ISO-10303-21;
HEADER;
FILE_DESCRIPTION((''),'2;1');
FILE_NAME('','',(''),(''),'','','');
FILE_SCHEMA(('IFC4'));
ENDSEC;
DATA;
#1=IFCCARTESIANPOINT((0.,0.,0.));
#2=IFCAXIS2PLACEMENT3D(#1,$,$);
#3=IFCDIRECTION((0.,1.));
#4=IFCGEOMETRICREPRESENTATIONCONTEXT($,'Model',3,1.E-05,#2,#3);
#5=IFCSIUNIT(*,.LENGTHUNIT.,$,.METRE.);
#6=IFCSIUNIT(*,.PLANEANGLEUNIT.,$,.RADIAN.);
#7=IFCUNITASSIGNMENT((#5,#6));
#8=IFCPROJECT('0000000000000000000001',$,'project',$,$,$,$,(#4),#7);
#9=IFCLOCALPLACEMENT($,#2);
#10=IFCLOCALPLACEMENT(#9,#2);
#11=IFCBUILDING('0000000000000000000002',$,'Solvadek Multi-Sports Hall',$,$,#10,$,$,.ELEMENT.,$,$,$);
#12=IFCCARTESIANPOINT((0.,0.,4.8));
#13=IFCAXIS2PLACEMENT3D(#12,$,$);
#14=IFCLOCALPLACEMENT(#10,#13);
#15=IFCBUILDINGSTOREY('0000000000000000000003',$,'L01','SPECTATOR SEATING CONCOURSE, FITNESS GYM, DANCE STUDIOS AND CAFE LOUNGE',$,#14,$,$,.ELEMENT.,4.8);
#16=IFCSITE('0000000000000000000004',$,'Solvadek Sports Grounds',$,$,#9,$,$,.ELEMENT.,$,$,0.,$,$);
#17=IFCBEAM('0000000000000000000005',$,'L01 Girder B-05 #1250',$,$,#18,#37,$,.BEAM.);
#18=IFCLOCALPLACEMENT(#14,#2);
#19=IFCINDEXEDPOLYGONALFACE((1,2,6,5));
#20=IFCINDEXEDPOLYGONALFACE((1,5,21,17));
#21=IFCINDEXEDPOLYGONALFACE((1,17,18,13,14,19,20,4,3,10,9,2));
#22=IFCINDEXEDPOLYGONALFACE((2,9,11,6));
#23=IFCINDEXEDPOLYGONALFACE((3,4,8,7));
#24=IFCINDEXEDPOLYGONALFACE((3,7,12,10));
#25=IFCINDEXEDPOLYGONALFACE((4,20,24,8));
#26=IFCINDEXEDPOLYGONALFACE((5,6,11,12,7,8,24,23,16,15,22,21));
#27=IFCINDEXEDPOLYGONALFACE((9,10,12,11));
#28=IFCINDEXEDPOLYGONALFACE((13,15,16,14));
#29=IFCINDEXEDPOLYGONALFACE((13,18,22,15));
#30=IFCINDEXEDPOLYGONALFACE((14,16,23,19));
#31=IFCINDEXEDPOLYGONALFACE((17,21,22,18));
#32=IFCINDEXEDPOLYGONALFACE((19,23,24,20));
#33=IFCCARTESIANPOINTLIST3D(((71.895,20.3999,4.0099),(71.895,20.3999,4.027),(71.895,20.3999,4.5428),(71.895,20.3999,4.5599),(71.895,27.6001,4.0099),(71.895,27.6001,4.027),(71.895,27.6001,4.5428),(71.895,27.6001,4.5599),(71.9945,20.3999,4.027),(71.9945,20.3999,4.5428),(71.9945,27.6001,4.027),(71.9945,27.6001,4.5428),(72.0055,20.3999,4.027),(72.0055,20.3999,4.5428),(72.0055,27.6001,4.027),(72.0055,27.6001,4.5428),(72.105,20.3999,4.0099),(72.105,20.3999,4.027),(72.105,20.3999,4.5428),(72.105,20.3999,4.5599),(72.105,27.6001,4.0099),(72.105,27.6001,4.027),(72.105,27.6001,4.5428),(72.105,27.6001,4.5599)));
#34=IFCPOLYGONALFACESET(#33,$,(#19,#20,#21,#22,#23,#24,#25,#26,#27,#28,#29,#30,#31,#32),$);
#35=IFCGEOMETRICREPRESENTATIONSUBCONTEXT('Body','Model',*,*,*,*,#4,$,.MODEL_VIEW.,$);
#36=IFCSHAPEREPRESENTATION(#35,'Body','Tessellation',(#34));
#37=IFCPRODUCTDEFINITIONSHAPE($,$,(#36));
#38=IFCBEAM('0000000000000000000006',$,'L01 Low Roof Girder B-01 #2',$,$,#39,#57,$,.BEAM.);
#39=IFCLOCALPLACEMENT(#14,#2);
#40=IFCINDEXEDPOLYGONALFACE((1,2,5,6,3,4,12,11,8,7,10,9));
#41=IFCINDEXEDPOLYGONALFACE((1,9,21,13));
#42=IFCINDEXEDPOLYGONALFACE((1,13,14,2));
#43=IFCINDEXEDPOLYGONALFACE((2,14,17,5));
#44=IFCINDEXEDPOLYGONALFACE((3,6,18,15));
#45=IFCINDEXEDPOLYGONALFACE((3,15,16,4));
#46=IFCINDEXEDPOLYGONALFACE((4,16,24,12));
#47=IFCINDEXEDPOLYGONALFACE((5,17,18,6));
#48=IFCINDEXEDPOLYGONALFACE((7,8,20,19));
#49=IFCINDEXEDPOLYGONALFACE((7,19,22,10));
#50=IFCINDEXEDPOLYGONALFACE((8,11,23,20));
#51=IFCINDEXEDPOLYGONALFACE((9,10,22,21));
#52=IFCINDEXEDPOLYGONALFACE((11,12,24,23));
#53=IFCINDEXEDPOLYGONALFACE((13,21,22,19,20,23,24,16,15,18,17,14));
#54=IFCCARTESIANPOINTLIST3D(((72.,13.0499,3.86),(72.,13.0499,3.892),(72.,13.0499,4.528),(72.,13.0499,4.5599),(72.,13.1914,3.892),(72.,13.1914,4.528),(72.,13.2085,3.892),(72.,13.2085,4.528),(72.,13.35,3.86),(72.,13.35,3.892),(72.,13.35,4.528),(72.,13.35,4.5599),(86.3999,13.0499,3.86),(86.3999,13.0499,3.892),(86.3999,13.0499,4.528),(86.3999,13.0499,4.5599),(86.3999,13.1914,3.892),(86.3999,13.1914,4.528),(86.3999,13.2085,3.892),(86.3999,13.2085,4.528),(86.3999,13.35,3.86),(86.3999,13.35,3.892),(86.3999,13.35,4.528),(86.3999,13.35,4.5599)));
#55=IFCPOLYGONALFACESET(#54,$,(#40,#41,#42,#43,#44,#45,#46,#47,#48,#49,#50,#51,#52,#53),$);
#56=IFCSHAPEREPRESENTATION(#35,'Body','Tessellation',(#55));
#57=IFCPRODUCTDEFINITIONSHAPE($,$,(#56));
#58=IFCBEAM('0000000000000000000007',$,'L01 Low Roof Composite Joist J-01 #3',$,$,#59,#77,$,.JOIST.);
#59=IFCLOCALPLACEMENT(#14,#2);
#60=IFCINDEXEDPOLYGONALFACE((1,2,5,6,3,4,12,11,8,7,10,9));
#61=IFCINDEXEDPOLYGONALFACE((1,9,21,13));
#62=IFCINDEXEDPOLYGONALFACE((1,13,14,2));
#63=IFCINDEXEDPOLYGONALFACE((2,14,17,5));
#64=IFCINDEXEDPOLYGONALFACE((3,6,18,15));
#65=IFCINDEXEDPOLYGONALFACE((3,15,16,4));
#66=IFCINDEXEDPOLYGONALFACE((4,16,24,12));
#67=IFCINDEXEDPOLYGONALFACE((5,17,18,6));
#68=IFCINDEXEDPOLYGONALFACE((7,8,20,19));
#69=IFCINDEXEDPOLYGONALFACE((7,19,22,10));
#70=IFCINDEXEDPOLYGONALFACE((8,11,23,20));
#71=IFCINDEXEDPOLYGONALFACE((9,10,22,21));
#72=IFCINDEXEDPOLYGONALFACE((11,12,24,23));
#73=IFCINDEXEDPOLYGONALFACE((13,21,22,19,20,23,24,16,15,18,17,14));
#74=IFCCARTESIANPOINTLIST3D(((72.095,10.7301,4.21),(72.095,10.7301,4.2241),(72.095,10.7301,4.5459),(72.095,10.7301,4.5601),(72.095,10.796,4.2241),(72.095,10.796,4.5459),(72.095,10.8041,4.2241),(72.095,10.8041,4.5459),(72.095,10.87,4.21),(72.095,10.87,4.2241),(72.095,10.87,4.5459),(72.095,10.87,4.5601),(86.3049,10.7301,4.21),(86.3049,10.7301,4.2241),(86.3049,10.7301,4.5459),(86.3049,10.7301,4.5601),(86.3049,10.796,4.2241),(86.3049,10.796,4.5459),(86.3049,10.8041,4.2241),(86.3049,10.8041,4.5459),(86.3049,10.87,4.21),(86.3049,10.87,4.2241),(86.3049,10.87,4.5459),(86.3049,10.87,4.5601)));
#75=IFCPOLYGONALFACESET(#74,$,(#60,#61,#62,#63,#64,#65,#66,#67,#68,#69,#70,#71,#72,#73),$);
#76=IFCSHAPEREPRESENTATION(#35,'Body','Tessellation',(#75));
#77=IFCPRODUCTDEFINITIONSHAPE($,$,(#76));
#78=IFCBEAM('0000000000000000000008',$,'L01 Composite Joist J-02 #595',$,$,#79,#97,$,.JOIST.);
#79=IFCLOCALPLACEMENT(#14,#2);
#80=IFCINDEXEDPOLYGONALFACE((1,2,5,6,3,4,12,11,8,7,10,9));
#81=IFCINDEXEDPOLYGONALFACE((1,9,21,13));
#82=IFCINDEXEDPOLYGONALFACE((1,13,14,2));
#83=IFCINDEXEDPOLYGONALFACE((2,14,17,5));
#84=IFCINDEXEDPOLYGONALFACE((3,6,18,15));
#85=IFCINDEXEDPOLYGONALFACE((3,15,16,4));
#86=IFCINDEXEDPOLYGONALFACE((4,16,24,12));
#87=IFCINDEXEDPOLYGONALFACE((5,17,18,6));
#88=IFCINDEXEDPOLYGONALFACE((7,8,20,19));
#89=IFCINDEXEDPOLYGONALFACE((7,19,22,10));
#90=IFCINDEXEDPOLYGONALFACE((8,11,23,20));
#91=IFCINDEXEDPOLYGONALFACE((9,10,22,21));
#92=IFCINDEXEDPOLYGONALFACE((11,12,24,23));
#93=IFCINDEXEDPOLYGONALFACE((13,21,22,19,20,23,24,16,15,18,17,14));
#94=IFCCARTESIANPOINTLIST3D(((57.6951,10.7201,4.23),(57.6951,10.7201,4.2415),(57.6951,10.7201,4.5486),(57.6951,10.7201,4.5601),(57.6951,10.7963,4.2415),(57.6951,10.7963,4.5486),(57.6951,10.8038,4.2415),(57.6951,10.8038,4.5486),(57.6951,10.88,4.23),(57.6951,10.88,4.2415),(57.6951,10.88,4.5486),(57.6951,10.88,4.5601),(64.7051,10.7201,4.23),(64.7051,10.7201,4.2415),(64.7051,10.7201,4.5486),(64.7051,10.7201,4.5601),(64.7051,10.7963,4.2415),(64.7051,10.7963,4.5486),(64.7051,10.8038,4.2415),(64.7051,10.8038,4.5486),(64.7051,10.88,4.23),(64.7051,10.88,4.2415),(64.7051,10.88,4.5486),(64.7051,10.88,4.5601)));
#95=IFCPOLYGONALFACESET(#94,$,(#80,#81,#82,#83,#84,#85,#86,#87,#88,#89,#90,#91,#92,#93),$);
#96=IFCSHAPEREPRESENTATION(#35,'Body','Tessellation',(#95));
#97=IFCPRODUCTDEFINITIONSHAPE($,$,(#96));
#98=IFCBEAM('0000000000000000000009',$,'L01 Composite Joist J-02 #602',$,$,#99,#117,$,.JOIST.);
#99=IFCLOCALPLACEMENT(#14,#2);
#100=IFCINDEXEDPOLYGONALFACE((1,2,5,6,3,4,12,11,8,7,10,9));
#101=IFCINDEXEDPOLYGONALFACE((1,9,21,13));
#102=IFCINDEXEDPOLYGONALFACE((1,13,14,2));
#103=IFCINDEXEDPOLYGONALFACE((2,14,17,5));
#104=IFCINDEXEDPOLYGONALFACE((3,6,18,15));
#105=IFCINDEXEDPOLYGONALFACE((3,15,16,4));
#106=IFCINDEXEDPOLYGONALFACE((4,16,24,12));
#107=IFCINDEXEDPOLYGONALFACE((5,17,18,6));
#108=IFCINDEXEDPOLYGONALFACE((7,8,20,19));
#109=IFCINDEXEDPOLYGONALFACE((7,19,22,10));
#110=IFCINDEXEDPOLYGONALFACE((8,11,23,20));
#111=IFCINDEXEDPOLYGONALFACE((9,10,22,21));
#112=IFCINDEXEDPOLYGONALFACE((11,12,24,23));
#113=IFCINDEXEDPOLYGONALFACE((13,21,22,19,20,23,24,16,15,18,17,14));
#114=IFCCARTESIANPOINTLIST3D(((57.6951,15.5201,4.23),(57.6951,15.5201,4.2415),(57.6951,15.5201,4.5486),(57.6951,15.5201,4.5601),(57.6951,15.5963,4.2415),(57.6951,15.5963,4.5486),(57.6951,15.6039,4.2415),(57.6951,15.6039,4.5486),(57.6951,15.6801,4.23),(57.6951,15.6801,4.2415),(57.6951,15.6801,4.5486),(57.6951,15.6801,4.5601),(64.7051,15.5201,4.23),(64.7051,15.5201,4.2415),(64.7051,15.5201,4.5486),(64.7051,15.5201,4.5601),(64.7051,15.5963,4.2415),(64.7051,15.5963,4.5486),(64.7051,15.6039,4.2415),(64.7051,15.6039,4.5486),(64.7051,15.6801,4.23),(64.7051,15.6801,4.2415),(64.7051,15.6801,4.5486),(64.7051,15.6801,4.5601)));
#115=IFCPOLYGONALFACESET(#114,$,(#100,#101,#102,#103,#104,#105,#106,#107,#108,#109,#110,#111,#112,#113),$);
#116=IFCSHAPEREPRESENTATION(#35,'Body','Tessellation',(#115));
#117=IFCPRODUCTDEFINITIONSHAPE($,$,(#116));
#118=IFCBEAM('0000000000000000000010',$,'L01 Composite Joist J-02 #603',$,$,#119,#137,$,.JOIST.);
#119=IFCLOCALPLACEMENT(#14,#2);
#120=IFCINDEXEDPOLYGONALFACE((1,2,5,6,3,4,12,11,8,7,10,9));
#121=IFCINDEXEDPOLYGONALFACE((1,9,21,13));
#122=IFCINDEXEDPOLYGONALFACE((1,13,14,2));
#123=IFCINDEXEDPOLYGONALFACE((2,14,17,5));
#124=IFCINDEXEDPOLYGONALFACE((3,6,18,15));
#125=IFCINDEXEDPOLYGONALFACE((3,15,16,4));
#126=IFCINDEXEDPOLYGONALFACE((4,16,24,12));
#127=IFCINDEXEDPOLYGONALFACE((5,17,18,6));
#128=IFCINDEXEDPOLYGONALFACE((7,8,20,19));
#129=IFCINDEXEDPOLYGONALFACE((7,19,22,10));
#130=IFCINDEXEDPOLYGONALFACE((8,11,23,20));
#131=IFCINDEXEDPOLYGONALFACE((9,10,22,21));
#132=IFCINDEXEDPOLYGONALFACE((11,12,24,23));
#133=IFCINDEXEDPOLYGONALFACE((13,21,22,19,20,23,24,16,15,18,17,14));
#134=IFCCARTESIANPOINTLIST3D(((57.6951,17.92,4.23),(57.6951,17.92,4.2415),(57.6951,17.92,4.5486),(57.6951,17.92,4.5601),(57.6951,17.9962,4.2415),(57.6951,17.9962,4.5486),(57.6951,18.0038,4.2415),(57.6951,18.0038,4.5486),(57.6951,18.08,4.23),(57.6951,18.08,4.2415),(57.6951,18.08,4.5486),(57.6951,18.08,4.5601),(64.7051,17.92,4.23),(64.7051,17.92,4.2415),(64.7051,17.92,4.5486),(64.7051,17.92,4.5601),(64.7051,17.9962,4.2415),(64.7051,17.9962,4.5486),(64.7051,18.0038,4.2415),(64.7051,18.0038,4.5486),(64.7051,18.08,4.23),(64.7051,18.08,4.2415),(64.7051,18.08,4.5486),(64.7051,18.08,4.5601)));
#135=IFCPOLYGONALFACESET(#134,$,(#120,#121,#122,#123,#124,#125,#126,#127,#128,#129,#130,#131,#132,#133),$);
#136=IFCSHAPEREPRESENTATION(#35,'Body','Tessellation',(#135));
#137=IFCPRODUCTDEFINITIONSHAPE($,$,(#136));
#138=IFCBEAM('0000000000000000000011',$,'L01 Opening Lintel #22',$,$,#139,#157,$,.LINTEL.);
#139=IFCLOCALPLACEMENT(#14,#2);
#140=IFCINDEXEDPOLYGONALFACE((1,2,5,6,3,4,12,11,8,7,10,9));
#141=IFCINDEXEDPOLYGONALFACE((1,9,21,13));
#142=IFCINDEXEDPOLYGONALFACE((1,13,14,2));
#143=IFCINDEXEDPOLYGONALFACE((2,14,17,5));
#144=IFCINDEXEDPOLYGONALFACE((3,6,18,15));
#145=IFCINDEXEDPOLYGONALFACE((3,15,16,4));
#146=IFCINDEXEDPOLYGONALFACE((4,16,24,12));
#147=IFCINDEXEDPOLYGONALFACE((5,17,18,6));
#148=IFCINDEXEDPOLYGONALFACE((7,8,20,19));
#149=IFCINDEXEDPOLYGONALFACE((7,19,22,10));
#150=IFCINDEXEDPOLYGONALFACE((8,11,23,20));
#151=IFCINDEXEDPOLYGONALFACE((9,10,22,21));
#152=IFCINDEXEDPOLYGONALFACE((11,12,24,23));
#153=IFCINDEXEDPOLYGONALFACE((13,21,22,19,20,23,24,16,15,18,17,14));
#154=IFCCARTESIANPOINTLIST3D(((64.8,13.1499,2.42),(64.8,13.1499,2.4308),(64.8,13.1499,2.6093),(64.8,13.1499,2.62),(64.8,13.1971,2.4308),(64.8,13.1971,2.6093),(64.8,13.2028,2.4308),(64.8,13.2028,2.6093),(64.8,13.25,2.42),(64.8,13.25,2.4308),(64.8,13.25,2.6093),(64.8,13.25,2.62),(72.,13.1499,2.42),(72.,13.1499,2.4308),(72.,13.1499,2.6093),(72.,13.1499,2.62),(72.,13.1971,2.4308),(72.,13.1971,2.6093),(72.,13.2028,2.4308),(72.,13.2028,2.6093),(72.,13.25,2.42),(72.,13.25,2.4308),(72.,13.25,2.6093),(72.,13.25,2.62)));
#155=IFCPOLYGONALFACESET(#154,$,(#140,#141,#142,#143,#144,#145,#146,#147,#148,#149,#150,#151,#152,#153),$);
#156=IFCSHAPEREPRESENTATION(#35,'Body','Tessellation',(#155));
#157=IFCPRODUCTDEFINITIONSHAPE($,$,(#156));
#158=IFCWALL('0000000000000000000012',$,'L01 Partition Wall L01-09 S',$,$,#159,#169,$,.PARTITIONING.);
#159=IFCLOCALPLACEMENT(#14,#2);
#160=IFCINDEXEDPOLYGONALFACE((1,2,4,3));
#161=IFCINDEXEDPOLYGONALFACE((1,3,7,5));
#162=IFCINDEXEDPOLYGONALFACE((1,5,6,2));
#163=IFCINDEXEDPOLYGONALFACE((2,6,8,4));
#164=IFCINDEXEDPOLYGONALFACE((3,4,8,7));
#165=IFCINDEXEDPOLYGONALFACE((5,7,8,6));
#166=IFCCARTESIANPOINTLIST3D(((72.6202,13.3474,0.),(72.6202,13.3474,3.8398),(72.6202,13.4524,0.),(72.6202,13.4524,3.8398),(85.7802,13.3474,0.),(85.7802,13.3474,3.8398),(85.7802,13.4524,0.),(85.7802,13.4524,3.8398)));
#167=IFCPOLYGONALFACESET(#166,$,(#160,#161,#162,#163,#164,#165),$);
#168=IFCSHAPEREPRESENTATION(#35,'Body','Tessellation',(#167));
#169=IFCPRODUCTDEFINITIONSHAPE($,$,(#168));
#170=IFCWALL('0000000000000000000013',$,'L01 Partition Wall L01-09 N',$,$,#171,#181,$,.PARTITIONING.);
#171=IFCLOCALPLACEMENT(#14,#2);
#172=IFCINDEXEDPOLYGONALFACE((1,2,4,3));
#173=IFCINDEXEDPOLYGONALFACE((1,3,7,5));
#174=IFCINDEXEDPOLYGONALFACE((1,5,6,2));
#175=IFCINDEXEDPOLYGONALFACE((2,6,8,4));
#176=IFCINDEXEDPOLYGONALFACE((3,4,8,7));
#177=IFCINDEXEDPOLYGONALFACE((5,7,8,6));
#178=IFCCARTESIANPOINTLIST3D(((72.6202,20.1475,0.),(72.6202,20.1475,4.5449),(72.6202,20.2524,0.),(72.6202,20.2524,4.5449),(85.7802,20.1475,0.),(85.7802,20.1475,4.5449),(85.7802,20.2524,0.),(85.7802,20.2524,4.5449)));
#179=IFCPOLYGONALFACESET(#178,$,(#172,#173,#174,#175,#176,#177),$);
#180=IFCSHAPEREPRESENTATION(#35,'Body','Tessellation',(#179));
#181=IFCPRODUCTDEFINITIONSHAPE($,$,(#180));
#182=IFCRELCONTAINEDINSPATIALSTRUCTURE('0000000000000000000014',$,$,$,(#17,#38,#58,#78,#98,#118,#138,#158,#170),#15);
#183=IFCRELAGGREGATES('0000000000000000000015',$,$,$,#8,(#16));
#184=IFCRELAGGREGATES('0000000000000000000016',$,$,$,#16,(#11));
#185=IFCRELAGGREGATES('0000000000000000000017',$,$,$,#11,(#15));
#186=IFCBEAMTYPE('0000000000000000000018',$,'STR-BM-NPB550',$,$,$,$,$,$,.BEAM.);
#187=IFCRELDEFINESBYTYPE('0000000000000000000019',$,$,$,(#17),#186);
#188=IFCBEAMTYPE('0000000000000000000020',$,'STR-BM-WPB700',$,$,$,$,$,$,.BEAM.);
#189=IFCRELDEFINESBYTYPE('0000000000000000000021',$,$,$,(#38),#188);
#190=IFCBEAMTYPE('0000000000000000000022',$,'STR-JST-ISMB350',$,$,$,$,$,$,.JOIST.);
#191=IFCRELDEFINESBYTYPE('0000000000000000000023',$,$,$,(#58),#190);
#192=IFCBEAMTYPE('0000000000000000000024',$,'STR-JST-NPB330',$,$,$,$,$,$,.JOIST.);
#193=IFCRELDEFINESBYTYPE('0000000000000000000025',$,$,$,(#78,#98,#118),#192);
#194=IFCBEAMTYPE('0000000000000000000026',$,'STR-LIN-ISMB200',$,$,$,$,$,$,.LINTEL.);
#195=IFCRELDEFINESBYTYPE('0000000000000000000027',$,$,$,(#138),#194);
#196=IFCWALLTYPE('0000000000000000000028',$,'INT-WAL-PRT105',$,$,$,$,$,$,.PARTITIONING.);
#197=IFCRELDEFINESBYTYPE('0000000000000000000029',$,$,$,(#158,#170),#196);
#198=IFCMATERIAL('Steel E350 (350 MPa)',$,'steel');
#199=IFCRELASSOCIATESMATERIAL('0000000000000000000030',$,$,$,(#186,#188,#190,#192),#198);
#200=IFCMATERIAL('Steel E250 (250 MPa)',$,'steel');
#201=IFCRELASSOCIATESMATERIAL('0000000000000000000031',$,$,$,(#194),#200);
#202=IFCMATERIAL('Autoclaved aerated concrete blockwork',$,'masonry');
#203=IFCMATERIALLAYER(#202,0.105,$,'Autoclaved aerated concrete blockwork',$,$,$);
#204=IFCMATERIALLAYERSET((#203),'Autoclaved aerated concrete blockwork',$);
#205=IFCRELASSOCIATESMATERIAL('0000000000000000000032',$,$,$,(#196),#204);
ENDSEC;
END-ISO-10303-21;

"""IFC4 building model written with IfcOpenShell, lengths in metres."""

from ifc_helpers import new_model, si_unit, direction, frame, frame_2d, origin, origin_2d, place, context, subcontext, project, spatial, rectangle, i_section, extrude, material, layer, layer_set, material_profile, profile_set, type_object, element, save


model = new_model("IFC4")

# Units and contexts
model_context = context("Model", 3, precision=1e-05, world=origin(), true_north=direction((0.0, 1.0)))
body_context = subcontext(model_context, "Body", "Model", "MODEL_VIEW")
ifc_project = project(units=[si_unit("LENGTHUNIT", "METRE"), si_unit("PLANEANGLEUNIT", "RADIAN")], contexts=[model_context])

# Site, building, storey
site_placement = place(None, origin())
site = spatial("IfcSite", under=ifc_project, at=site_placement, Name="Solvadek Sports Grounds", CompositionType="ELEMENT", RefElevation=0.0)
building_placement = place(site_placement, origin())
building = spatial("IfcBuilding", under=site, at=building_placement, Name="Solvadek Multi-Sports Hall", CompositionType="ELEMENT")
storey_placement = place(building_placement, frame((0.0, 0.0, 4.8)))
storey = spatial("IfcBuildingStorey", under=building, at=storey_placement, Name="L01", Description="SPECTATOR SEATING CONCOURSE, FITNESS GYM, DANCE STUDIOS AND CAFE LOUNGE", CompositionType="ELEMENT", Elevation=4.8)

# Shared definitions
ifc_material_1 = material(Name="Steel E350 (350 MPa)", Category="steel")

# Beams
ifc_material_profile_1 = material_profile(ifc_material_1, i_section(OverallWidth=0.21, OverallDepth=0.55, WebThickness=0.011, FlangeThickness=0.0171, at=origin_2d()), Name="NPB 550")
ifc_profile_set_1 = profile_set([ifc_material_profile_1], Name="Steel E350 (350 MPa)")
beam_type_1 = type_object("IfcBeamType", Name="STR-BM-NPB550", PredefinedType="BEAM", material=ifc_profile_set_1)
for number, where, z_axis, x_axis, name in (
    (1, (72.0, 20.3999, 4.2849), (0.0, 1.0, 0.0), (-1.0, 0.0, 0.0), "L01 Girder B-05 #1250"),
):
    element("IfcBeam", number, at=place(storey_placement, frame(where, z_axis=z_axis, x_axis=x_axis)), inside=storey, type_object=beam_type_1, Name=name, PredefinedType="BEAM", context=body_context, shape_type="SweptSolid", body=[
        extrude(i_section(OverallWidth=0.21, OverallDepth=0.55, WebThickness=0.011, FlangeThickness=0.0171, at=origin_2d()), origin(), (0.0, 0.0, 1.0), 7.2002),
    ])
ifc_material_profile_2 = material_profile(ifc_material_1, i_section(OverallWidth=0.3, OverallDepth=0.7, WebThickness=0.0171, FlangeThickness=0.032, at=origin_2d()), Name="WPB 700")
ifc_profile_set_2 = profile_set([ifc_material_profile_2], Name="Steel E350 (350 MPa)")
beam_type_2 = type_object("IfcBeamType", Name="STR-BM-WPB700", PredefinedType="BEAM", material=ifc_profile_set_2)
beam_1_placement = place(storey_placement, frame((72.0, 13.2, 4.21), z_axis=(1.0, 0.0, 0.0), x_axis=(0.0, 1.0, 0.0)))
element("IfcBeam", 2, at=beam_1_placement, inside=storey, type_object=beam_type_2, Name="L01 Low Roof Girder B-01 #2", PredefinedType="BEAM", context=body_context, shape_type="SweptSolid", body=[
    extrude(i_section(OverallWidth=0.3, OverallDepth=0.7, WebThickness=0.0171, FlangeThickness=0.032, at=origin_2d()), origin(), (0.0, 0.0, 1.0), 14.3999),
])
ifc_material_profile_3 = material_profile(ifc_material_1, i_section(OverallWidth=0.1399, OverallDepth=0.3501, WebThickness=0.0081, FlangeThickness=0.0142, at=origin_2d()), Name="ISMB 350")
ifc_profile_set_3 = profile_set([ifc_material_profile_3], Name="Steel E350 (350 MPa)")
beam_type_3 = type_object("IfcBeamType", Name="STR-JST-ISMB350", PredefinedType="JOIST", material=ifc_profile_set_3)
beam_2_placement = place(storey_placement, frame((72.095, 10.8, 4.385), z_axis=(1.0, 0.0, 0.0), x_axis=(0.0, 1.0, 0.0)))
element("IfcBeam", 3, at=beam_2_placement, inside=storey, type_object=beam_type_3, Name="L01 Low Roof Composite Joist J-01 #3", PredefinedType="JOIST", context=body_context, shape_type="SweptSolid", body=[
    extrude(i_section(OverallWidth=0.1399, OverallDepth=0.3501, WebThickness=0.0081, FlangeThickness=0.0142, at=origin_2d()), origin(), (0.0, 0.0, 1.0), 14.21),
])
ifc_material_profile_4 = material_profile(ifc_material_1, i_section(OverallWidth=0.1599, OverallDepth=0.3301, WebThickness=0.0076, FlangeThickness=0.0115, at=origin_2d()), Name="NPB 330")
ifc_profile_set_4 = profile_set([ifc_material_profile_4], Name="Steel E350 (350 MPa)")
beam_type_4 = type_object("IfcBeamType", Name="STR-JST-NPB330", PredefinedType="JOIST", material=ifc_profile_set_4)
for number, where, z_axis, x_axis, name in (
    (4, (57.6951, 10.8, 4.395), (1.0, 0.0, 0.0), (0.0, 1.0, 0.0), "L01 Composite Joist J-02 #595"),
    (5, (57.6951, 15.6001, 4.395), (1.0, 0.0, 0.0), (0.0, 1.0, 0.0), "L01 Composite Joist J-02 #602"),
    (6, (57.6951, 18.0, 4.395), (1.0, 0.0, 0.0), (0.0, 1.0, 0.0), "L01 Composite Joist J-02 #603"),
):
    element("IfcBeam", number, at=place(storey_placement, frame(where, z_axis=z_axis, x_axis=x_axis)), inside=storey, type_object=beam_type_4, Name=name, PredefinedType="JOIST", context=body_context, shape_type="SweptSolid", body=[
        extrude(i_section(OverallWidth=0.1599, OverallDepth=0.3301, WebThickness=0.0076, FlangeThickness=0.0115, at=origin_2d()), origin(), (0.0, 0.0, 1.0), 7.01),
    ])
ifc_material_2 = material(Name="Steel E250 (250 MPa)", Category="steel")
ifc_material_profile_5 = material_profile(ifc_material_2, i_section(OverallWidth=0.1001, OverallDepth=0.2, WebThickness=0.0056, FlangeThickness=0.0107, at=origin_2d()), Name="ISMB 200")
ifc_profile_set_5 = profile_set([ifc_material_profile_5], Name="Steel E250 (250 MPa)")
beam_type_5 = type_object("IfcBeamType", Name="STR-LIN-ISMB200", PredefinedType="LINTEL", material=ifc_profile_set_5)
beam_3_placement = place(storey_placement, frame((64.8, 13.2, 2.52), z_axis=(1.0, 0.0, 0.0), x_axis=(0.0, 1.0, 0.0)))
element("IfcBeam", 7, at=beam_3_placement, inside=storey, type_object=beam_type_5, Name="L01 Opening Lintel #22", PredefinedType="LINTEL", context=body_context, shape_type="SweptSolid", body=[
    extrude(i_section(OverallWidth=0.1001, OverallDepth=0.2, WebThickness=0.0056, FlangeThickness=0.0107, at=origin_2d()), origin(), (0.0, 0.0, 1.0), 7.2),
])

# Walls
ifc_material_3 = material(Name="Autoclaved aerated concrete blockwork", Category="masonry")
ifc_layer_1 = layer(ifc_material_3, 0.105, Name="Autoclaved aerated concrete blockwork")
ifc_layer_set_1 = layer_set([ifc_layer_1], Name="Autoclaved aerated concrete blockwork")
wall_type_1 = type_object("IfcWallType", Name="INT-WAL-PRT105", PredefinedType="PARTITIONING", material=ifc_layer_set_1)
wall_1_placement = place(storey_placement, frame((72.6201, 13.3999, 0.0), z_axis=(0.0, 0.0, 1.0), x_axis=(1.0, 0.0, 0.0)))
element("IfcWall", 8, at=wall_1_placement, inside=storey, type_object=wall_type_1, Name="L01 Partition Wall L01-09 S", PredefinedType="PARTITIONING", context=body_context, shape_type="SweptSolid", body=[
    extrude(rectangle(XDim=13.1599, YDim=0.105, at=frame_2d((6.5801, 0.0))), origin(), (0.0, 0.0, 1.0), 3.8398),
])
wall_2_placement = place(storey_placement, frame((72.6201, 20.2, 0.0), z_axis=(0.0, 0.0, 1.0), x_axis=(1.0, 0.0, 0.0)))
element("IfcWall", 9, at=wall_2_placement, inside=storey, type_object=wall_type_1, Name="L01 Partition Wall L01-09 N", PredefinedType="PARTITIONING", context=body_context, shape_type="SweptSolid", body=[
    extrude(rectangle(XDim=13.1599, YDim=0.105, at=frame_2d((6.5801, 0.0))), origin(), (0.0, 0.0, 1.0), 4.5449),
])

save(model, "model.ifc")
